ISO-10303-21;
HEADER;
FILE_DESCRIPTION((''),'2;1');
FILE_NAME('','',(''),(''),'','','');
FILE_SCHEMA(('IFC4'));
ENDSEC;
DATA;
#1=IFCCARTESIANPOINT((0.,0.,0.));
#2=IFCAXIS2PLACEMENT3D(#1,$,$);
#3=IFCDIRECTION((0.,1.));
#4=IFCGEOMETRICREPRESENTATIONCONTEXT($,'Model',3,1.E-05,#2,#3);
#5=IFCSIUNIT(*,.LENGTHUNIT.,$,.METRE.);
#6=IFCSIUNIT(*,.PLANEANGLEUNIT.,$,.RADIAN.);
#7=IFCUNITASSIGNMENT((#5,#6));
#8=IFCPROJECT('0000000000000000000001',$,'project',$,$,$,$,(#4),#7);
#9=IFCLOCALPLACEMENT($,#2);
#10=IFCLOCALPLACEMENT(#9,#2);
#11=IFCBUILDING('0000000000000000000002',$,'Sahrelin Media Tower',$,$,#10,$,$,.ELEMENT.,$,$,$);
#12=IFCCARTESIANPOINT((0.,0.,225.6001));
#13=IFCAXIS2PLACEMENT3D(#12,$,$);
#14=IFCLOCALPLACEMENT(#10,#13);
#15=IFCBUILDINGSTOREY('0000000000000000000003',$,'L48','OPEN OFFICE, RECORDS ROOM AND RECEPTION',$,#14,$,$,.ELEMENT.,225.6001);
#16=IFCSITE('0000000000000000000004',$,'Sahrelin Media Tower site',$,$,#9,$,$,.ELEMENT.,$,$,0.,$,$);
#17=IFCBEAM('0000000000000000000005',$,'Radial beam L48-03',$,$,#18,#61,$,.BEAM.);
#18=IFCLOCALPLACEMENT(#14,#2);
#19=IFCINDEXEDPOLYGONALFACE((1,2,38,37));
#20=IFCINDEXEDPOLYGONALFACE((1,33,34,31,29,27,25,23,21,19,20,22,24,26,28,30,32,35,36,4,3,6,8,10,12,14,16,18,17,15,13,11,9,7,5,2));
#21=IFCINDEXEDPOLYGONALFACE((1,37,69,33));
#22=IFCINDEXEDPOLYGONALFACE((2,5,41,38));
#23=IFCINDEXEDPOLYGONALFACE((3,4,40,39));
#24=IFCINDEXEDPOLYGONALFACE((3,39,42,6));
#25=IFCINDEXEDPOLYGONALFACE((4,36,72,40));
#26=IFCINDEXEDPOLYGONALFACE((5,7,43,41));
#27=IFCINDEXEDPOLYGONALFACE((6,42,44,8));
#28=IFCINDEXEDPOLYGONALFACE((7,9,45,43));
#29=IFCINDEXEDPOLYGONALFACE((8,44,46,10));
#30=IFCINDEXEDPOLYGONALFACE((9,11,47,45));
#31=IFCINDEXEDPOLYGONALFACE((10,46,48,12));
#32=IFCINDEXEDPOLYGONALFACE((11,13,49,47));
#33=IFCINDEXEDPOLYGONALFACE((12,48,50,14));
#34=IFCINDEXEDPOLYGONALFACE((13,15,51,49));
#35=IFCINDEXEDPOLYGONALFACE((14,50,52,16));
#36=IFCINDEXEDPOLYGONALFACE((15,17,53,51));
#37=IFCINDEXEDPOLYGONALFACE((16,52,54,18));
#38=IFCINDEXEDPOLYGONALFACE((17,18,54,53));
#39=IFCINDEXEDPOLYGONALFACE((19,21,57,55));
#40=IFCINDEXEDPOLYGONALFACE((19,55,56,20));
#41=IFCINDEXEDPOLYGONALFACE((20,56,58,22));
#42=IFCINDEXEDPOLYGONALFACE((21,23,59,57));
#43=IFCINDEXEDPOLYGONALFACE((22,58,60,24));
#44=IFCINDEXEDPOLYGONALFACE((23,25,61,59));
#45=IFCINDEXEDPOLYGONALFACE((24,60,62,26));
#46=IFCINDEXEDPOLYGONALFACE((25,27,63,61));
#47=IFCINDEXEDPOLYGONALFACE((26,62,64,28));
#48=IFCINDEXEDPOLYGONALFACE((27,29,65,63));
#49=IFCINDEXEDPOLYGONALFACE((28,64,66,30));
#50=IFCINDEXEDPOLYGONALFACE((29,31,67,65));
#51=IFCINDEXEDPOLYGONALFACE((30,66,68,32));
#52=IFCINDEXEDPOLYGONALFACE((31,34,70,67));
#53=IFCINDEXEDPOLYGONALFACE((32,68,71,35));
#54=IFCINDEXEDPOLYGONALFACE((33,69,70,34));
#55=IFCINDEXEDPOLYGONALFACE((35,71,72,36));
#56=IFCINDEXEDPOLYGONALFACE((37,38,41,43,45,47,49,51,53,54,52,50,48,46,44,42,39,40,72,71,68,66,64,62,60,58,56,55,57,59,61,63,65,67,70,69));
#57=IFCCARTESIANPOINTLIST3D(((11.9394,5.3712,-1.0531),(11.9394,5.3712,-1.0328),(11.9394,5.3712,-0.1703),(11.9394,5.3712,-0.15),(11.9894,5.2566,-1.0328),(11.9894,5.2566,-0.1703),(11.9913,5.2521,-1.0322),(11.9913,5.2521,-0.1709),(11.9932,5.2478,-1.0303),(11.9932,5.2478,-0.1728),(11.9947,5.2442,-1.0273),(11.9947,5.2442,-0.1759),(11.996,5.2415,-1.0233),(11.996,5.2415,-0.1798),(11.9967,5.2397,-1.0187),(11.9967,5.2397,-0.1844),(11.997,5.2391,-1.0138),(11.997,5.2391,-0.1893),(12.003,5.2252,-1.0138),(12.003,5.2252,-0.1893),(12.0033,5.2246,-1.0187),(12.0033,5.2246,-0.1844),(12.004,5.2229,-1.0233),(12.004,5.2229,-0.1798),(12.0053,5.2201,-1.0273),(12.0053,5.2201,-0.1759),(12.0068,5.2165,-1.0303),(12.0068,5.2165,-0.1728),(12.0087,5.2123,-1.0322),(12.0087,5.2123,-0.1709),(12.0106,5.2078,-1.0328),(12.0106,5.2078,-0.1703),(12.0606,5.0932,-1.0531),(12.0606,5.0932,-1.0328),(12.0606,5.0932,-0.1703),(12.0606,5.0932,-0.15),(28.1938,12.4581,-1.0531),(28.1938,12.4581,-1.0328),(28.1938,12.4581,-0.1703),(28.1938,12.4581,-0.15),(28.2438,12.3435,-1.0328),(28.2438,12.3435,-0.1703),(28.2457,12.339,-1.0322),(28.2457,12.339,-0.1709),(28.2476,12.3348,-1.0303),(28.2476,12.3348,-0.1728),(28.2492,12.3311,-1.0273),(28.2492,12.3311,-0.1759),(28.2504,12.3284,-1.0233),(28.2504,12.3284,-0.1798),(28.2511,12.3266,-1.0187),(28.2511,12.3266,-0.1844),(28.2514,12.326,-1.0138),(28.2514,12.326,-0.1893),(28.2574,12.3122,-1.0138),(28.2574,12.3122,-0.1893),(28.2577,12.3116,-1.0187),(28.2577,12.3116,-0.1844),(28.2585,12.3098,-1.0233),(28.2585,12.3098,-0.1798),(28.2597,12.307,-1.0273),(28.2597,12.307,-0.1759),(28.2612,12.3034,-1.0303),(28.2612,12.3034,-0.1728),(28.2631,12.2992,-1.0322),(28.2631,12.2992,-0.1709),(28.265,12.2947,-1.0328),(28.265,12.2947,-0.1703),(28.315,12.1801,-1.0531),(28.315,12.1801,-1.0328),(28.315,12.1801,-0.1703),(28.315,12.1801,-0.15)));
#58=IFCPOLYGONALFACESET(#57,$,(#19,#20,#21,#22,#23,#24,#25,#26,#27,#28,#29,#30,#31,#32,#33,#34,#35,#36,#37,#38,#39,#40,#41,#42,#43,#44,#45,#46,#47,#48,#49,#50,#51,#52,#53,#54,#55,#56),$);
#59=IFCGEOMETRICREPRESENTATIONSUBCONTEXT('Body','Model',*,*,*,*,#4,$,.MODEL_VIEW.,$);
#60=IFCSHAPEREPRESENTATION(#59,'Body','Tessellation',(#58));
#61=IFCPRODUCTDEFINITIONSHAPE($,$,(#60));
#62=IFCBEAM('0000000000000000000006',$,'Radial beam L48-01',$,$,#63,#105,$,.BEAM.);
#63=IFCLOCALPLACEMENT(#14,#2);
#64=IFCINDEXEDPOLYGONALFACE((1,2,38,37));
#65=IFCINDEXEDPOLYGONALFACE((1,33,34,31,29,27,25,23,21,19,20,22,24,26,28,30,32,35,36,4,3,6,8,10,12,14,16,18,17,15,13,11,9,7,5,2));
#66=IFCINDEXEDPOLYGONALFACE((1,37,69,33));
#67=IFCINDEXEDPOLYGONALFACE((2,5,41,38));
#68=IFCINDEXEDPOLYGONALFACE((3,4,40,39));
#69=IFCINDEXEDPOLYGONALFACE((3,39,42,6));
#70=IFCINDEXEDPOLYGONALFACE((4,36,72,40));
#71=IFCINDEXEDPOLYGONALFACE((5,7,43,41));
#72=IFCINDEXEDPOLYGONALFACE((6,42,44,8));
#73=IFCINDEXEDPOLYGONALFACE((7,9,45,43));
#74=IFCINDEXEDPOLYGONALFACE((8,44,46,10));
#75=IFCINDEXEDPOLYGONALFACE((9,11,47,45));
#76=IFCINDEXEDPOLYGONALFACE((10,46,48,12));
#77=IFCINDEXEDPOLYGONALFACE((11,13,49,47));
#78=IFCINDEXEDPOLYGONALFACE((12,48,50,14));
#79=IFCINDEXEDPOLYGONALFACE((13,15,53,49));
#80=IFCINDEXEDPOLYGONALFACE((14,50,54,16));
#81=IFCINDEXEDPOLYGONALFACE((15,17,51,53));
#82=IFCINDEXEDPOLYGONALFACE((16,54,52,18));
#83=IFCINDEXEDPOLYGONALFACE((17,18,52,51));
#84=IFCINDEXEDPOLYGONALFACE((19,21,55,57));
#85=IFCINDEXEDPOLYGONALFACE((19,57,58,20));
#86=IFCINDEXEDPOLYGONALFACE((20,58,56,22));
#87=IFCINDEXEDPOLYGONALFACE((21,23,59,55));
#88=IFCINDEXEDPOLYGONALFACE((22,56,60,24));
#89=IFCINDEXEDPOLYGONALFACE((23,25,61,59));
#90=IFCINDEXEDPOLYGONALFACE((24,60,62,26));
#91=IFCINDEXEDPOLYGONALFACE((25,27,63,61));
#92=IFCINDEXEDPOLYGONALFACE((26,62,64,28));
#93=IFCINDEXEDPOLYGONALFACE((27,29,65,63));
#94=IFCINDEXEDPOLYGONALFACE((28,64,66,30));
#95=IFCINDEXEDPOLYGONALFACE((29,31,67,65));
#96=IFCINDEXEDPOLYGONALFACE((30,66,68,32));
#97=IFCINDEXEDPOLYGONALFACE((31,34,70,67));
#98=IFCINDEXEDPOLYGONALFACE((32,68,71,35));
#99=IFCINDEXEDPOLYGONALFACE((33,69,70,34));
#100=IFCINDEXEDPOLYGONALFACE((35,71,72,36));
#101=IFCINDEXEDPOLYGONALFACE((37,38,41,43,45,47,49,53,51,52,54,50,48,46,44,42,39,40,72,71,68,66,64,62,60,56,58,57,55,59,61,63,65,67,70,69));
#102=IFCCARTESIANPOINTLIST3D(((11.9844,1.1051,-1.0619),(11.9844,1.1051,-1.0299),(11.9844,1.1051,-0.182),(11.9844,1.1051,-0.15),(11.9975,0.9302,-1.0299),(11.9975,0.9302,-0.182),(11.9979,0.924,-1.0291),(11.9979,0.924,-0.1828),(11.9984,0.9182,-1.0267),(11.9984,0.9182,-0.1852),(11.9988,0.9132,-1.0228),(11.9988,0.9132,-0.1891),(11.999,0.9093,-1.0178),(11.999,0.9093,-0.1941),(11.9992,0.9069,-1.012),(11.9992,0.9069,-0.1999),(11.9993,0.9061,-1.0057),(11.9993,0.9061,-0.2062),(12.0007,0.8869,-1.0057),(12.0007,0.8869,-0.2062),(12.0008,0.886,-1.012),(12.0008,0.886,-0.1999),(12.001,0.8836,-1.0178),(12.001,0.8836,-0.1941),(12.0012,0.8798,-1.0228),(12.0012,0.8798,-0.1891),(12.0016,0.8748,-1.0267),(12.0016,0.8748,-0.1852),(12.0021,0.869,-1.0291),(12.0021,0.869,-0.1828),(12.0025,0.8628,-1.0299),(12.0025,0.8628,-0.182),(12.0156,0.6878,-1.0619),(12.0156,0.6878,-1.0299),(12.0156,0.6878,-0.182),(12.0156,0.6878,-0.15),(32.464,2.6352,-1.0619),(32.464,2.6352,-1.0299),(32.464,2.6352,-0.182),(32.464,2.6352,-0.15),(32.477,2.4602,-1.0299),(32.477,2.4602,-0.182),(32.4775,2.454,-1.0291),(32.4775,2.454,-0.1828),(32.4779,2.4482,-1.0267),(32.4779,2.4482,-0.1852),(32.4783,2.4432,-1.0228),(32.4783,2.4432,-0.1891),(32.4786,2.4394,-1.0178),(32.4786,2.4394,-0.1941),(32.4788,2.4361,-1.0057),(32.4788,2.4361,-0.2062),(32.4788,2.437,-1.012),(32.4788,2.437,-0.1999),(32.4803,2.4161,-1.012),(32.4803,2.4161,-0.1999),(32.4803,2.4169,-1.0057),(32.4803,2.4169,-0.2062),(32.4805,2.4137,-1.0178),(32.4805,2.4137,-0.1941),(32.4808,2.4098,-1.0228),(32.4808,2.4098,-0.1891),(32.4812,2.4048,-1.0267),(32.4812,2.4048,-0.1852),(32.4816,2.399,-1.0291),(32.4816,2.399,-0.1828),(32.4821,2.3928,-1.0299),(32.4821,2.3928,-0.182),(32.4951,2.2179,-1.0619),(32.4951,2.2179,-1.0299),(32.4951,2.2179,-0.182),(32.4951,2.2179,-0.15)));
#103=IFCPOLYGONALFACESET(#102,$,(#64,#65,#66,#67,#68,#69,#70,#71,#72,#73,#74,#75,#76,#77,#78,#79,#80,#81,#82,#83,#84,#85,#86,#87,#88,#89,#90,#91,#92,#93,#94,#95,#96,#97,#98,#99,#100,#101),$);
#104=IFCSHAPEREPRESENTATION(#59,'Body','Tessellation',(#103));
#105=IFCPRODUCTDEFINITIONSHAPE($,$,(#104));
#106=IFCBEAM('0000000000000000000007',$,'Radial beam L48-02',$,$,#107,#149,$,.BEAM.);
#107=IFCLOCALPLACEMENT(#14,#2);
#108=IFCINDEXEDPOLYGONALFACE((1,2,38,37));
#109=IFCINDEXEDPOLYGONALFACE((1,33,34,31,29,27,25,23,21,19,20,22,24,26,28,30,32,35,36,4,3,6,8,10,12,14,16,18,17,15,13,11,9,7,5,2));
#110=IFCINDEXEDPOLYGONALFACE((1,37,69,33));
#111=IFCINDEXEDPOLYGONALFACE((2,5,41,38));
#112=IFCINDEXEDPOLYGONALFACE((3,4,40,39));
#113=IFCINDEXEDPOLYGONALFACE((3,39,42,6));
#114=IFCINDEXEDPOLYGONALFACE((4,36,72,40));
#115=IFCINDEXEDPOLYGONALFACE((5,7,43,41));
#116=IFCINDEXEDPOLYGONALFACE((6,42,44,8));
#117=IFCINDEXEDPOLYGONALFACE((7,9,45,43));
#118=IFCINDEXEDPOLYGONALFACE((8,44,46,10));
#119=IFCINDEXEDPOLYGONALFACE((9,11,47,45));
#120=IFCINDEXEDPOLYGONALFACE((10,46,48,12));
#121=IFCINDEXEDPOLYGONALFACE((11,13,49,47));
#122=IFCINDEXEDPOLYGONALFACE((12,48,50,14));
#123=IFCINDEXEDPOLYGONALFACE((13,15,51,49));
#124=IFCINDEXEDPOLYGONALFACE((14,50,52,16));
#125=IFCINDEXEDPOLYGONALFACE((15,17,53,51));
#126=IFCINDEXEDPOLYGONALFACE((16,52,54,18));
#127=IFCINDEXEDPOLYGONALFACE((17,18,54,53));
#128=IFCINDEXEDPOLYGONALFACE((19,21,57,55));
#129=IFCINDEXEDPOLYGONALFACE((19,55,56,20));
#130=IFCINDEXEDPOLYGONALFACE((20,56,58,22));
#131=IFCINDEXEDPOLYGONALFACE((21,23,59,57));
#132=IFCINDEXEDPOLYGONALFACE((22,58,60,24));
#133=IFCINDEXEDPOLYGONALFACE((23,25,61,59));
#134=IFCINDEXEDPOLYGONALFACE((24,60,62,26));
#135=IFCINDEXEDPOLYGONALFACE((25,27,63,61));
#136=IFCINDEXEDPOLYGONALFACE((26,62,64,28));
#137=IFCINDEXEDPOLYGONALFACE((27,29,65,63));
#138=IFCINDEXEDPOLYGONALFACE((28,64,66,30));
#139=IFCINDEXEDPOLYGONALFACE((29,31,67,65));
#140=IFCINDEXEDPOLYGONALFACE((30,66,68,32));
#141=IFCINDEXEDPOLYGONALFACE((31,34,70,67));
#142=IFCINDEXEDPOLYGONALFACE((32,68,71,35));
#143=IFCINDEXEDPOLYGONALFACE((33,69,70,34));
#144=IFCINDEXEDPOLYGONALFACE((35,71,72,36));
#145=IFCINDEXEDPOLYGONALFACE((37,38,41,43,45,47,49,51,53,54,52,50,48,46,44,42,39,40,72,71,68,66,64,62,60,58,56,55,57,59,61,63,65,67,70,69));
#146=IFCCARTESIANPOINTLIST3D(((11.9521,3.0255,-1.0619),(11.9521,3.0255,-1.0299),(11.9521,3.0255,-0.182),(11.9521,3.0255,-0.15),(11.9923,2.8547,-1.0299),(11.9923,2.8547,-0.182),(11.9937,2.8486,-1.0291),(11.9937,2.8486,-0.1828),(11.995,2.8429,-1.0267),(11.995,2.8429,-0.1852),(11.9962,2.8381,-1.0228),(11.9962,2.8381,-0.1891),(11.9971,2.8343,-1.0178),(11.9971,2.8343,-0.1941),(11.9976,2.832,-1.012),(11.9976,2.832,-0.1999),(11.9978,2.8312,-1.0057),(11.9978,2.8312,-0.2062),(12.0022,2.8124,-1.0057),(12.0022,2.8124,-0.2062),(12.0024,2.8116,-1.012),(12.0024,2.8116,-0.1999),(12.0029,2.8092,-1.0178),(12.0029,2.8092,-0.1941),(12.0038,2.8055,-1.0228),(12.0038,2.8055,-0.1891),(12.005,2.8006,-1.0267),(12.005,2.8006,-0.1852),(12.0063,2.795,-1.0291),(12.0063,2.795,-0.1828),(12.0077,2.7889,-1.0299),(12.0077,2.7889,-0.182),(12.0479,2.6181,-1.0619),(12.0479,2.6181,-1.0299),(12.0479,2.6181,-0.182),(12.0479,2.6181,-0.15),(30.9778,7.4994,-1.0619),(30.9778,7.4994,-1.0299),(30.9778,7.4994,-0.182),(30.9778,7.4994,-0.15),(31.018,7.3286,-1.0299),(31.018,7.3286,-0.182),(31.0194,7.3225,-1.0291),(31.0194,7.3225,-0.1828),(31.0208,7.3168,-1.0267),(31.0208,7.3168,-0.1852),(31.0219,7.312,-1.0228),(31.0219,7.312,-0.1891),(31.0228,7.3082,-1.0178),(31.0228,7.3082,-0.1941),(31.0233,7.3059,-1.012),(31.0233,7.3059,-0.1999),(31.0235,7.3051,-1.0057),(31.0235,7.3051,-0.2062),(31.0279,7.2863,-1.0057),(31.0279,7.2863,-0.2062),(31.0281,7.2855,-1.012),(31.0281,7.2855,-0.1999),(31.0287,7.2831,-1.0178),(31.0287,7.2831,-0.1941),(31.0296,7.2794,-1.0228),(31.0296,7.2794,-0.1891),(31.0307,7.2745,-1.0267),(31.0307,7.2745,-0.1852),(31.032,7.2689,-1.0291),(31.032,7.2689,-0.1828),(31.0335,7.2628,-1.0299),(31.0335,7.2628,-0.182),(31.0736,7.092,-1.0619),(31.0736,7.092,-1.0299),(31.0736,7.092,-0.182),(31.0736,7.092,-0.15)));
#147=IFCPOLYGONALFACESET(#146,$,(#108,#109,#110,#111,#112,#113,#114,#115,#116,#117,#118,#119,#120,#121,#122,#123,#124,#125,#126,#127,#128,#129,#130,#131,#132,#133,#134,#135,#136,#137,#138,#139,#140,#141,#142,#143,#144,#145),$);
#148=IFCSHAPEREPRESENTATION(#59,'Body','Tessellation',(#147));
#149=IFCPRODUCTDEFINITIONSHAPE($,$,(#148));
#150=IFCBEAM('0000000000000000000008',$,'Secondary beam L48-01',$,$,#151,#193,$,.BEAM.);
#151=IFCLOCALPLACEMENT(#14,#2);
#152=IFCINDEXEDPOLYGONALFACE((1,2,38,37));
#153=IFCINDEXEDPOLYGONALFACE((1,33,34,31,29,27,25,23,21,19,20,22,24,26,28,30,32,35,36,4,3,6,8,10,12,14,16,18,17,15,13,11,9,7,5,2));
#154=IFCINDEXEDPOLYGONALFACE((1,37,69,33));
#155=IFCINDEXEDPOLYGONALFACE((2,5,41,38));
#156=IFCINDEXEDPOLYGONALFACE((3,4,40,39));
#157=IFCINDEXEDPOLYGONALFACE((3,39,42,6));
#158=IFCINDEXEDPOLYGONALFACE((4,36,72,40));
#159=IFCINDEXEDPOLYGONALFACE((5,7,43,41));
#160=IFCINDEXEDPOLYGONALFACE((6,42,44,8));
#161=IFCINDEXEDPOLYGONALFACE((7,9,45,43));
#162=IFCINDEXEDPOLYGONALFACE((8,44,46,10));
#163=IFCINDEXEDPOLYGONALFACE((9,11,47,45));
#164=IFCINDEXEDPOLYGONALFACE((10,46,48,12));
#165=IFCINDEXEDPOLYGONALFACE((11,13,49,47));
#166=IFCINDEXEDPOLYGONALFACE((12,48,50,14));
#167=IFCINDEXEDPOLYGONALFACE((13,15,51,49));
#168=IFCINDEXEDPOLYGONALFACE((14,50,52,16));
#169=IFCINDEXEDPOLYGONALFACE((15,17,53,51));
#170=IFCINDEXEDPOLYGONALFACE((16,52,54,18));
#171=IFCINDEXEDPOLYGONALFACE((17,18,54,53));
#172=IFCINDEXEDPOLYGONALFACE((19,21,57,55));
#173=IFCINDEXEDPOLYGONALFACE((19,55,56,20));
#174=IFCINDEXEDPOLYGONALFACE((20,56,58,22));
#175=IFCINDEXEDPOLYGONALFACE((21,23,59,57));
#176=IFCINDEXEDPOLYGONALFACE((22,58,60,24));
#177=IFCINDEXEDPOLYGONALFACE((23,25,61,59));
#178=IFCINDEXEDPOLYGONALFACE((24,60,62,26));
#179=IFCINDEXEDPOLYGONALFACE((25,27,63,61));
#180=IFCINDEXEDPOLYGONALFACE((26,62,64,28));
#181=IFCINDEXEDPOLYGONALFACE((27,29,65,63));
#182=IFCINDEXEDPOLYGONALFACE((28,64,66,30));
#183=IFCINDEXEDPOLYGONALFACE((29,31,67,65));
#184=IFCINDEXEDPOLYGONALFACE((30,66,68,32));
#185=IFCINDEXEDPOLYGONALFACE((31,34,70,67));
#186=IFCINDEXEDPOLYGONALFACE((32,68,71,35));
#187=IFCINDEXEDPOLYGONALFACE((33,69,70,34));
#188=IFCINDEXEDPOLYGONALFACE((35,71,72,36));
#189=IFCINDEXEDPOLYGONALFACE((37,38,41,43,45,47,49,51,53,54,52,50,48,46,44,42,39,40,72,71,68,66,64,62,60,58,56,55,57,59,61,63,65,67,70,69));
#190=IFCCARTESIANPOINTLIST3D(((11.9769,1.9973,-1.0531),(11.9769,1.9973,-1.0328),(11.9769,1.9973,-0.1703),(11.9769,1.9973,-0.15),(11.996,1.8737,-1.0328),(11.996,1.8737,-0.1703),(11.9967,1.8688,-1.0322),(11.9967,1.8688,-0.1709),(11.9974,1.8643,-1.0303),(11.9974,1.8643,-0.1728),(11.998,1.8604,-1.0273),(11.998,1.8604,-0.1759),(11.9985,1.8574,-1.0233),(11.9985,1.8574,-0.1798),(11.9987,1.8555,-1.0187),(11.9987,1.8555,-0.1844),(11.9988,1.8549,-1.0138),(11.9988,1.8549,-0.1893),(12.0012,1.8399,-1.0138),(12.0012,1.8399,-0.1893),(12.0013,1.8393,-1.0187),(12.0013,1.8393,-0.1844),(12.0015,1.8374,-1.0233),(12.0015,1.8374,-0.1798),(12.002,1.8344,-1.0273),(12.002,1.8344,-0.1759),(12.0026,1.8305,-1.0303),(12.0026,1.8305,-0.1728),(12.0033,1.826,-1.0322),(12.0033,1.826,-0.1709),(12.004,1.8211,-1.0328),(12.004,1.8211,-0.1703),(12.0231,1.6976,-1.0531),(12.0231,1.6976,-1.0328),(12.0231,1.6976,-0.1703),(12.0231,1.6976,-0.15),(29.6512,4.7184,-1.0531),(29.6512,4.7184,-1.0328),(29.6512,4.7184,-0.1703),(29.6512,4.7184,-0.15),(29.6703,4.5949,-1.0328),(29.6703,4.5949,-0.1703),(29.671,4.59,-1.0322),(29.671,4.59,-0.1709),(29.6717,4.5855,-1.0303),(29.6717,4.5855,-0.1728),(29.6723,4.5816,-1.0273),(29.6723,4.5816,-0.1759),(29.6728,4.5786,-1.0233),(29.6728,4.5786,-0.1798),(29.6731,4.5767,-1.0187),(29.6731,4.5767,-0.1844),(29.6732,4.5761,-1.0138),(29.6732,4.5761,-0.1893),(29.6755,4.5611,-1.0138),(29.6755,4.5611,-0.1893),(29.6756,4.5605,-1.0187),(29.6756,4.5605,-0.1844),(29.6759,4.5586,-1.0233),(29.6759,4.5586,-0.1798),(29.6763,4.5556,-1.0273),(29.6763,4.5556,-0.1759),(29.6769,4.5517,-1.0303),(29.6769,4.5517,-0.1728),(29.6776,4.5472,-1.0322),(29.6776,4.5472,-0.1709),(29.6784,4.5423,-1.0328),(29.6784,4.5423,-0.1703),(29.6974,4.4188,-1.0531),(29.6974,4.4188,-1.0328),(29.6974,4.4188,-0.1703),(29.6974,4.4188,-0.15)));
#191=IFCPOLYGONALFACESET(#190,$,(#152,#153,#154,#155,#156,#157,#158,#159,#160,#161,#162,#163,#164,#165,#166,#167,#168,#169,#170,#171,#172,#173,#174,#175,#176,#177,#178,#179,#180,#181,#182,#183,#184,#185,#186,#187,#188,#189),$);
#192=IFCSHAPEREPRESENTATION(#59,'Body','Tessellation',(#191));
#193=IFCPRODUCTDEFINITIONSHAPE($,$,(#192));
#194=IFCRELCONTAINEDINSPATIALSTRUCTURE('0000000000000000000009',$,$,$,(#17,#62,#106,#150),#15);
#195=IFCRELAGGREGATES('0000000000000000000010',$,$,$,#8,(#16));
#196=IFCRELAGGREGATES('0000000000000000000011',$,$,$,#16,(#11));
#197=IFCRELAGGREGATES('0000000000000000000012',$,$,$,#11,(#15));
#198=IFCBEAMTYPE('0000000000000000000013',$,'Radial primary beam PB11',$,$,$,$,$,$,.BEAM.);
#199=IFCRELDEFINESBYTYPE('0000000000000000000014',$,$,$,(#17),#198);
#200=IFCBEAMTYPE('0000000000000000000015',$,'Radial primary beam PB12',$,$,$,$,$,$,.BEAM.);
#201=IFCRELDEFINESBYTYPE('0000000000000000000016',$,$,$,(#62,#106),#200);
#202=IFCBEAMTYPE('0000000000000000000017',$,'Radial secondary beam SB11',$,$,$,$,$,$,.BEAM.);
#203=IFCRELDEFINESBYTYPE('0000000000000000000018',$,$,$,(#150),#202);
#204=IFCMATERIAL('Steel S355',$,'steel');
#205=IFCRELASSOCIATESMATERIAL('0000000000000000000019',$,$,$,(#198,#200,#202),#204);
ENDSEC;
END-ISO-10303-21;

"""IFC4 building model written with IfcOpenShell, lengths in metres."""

from ifc_helpers import new_model, si_unit, direction, frame, origin, origin_2d, place, context, subcontext, project, spatial, i_section, extrude, material, material_profile, profile_set, type_object, element, save


model = new_model("IFC4")

# Units and contexts
model_context = context("Model", 3, precision=1e-05, world=origin(), true_north=direction((0.0, 1.0)))
body_context = subcontext(model_context, "Body", "Model", "MODEL_VIEW")
ifc_project = project(units=[si_unit("LENGTHUNIT", "METRE"), si_unit("PLANEANGLEUNIT", "RADIAN")], contexts=[model_context])

# Site, building, storey
site_placement = place(None, origin())
site = spatial("IfcSite", under=ifc_project, at=site_placement, Name="Sahrelin Media Tower site", CompositionType="ELEMENT", RefElevation=0.0)
building_placement = place(site_placement, origin())
building = spatial("IfcBuilding", under=site, at=building_placement, Name="Sahrelin Media Tower", CompositionType="ELEMENT")
storey_placement = place(building_placement, frame((0.0, 0.0, 225.6001)))
storey = spatial("IfcBuildingStorey", under=building, at=storey_placement, Name="L48", Description="OPEN OFFICE, RECORDS ROOM AND RECEPTION", CompositionType="ELEMENT", Elevation=225.6001)

# Beams
ifc_material_1 = material(Name="Steel S355", Category="steel")
ifc_material_profile_1 = material_profile(ifc_material_1, i_section(OverallWidth=0.3032, OverallDepth=0.9031, WebThickness=0.0151, FlangeThickness=0.0203, FilletRadius=0.019, at=origin_2d()), Name="UB 914x305x201")
ifc_profile_set_1 = profile_set([ifc_material_profile_1], Name="Steel S355")
beam_type_1 = type_object("IfcBeamType", Name="Radial primary beam PB11", PredefinedType="BEAM", material=ifc_profile_set_1)
beam_1_placement = place(storey_placement, frame((12.0, 5.2322, -0.6016), z_axis=(0.916662, 0.399664, 0.0), x_axis=(-0.399664, 0.916662, 0.0)))
element("IfcBeam", 1, at=beam_1_placement, inside=storey, type_object=beam_type_1, Name="Radial beam L48-03", PredefinedType="BEAM", context=body_context, shape_type="SweptSolid", body=[
    extrude(i_section(OverallWidth=0.3032, OverallDepth=0.9031, WebThickness=0.0151, FlangeThickness=0.0203, FilletRadius=0.019, at=origin_2d()), origin(), (0.0, 0.0, 1.0), 17.7322),
])
ifc_material_profile_2 = material_profile(ifc_material_1, i_section(OverallWidth=0.4185, OverallDepth=0.9119, WebThickness=0.0193, FlangeThickness=0.032, FilletRadius=0.0242, at=origin_2d()), Name="UB 914x419x343")
ifc_profile_set_2 = profile_set([ifc_material_profile_2], Name="Steel S355")
beam_type_2 = type_object("IfcBeamType", Name="Radial primary beam PB12", PredefinedType="BEAM", material=ifc_profile_set_2)
beam_2_placement = place(storey_placement, frame((12.0, 0.8965, -0.606), z_axis=(0.997221, 0.074503, 0.0), x_axis=(-0.074503, 0.997221, 0.0)))
element("IfcBeam", 2, at=beam_2_placement, inside=storey, type_object=beam_type_2, Name="Radial beam L48-01", PredefinedType="BEAM", context=body_context, shape_type="SweptSolid", body=[
    extrude(i_section(OverallWidth=0.4185, OverallDepth=0.9119, WebThickness=0.0193, FlangeThickness=0.032, FilletRadius=0.0242, at=origin_2d()), origin(), (0.0, 0.0, 1.0), 20.5366),
])
beam_3_placement = place(storey_placement, frame((12.0, 2.8218, -0.606), z_axis=(0.973448, 0.228906, 0.0), x_axis=(-0.228906, 0.973448, 0.0)))
element("IfcBeam", 3, at=beam_3_placement, inside=storey, type_object=beam_type_2, Name="Radial beam L48-02", PredefinedType="BEAM", context=body_context, shape_type="SweptSolid", body=[
    extrude(i_section(OverallWidth=0.4185, OverallDepth=0.9119, WebThickness=0.0193, FlangeThickness=0.032, FilletRadius=0.0242, at=origin_2d()), origin(), (0.0, 0.0, 1.0), 19.5447),
])
ifc_material_profile_3 = material_profile(ifc_material_1, i_section(OverallWidth=0.3032, OverallDepth=0.9031, WebThickness=0.0151, FlangeThickness=0.0203, FilletRadius=0.019, at=origin_2d()), Name="UB 914x305x201")
ifc_profile_set_3 = profile_set([ifc_material_profile_3], Name="Steel S355")
beam_type_3 = type_object("IfcBeamType", Name="Radial secondary beam SB11", PredefinedType="BEAM", material=ifc_profile_set_3)
beam_4_placement = place(storey_placement, frame((12.0, 1.8474, -0.6016), z_axis=(0.988354, 0.15217, 0.0), x_axis=(-0.15217, 0.988354, 0.0)))
element("IfcBeam", 4, at=beam_4_placement, inside=storey, type_object=beam_type_3, Name="Secondary beam L48-01", PredefinedType="BEAM", context=body_context, shape_type="SweptSolid", body=[
    extrude(i_section(OverallWidth=0.3032, OverallDepth=0.9031, WebThickness=0.0151, FlangeThickness=0.0203, FilletRadius=0.019, at=origin_2d()), origin(), (0.0, 0.0, 1.0), 17.8826),
])

save(model, "model.ifc")
